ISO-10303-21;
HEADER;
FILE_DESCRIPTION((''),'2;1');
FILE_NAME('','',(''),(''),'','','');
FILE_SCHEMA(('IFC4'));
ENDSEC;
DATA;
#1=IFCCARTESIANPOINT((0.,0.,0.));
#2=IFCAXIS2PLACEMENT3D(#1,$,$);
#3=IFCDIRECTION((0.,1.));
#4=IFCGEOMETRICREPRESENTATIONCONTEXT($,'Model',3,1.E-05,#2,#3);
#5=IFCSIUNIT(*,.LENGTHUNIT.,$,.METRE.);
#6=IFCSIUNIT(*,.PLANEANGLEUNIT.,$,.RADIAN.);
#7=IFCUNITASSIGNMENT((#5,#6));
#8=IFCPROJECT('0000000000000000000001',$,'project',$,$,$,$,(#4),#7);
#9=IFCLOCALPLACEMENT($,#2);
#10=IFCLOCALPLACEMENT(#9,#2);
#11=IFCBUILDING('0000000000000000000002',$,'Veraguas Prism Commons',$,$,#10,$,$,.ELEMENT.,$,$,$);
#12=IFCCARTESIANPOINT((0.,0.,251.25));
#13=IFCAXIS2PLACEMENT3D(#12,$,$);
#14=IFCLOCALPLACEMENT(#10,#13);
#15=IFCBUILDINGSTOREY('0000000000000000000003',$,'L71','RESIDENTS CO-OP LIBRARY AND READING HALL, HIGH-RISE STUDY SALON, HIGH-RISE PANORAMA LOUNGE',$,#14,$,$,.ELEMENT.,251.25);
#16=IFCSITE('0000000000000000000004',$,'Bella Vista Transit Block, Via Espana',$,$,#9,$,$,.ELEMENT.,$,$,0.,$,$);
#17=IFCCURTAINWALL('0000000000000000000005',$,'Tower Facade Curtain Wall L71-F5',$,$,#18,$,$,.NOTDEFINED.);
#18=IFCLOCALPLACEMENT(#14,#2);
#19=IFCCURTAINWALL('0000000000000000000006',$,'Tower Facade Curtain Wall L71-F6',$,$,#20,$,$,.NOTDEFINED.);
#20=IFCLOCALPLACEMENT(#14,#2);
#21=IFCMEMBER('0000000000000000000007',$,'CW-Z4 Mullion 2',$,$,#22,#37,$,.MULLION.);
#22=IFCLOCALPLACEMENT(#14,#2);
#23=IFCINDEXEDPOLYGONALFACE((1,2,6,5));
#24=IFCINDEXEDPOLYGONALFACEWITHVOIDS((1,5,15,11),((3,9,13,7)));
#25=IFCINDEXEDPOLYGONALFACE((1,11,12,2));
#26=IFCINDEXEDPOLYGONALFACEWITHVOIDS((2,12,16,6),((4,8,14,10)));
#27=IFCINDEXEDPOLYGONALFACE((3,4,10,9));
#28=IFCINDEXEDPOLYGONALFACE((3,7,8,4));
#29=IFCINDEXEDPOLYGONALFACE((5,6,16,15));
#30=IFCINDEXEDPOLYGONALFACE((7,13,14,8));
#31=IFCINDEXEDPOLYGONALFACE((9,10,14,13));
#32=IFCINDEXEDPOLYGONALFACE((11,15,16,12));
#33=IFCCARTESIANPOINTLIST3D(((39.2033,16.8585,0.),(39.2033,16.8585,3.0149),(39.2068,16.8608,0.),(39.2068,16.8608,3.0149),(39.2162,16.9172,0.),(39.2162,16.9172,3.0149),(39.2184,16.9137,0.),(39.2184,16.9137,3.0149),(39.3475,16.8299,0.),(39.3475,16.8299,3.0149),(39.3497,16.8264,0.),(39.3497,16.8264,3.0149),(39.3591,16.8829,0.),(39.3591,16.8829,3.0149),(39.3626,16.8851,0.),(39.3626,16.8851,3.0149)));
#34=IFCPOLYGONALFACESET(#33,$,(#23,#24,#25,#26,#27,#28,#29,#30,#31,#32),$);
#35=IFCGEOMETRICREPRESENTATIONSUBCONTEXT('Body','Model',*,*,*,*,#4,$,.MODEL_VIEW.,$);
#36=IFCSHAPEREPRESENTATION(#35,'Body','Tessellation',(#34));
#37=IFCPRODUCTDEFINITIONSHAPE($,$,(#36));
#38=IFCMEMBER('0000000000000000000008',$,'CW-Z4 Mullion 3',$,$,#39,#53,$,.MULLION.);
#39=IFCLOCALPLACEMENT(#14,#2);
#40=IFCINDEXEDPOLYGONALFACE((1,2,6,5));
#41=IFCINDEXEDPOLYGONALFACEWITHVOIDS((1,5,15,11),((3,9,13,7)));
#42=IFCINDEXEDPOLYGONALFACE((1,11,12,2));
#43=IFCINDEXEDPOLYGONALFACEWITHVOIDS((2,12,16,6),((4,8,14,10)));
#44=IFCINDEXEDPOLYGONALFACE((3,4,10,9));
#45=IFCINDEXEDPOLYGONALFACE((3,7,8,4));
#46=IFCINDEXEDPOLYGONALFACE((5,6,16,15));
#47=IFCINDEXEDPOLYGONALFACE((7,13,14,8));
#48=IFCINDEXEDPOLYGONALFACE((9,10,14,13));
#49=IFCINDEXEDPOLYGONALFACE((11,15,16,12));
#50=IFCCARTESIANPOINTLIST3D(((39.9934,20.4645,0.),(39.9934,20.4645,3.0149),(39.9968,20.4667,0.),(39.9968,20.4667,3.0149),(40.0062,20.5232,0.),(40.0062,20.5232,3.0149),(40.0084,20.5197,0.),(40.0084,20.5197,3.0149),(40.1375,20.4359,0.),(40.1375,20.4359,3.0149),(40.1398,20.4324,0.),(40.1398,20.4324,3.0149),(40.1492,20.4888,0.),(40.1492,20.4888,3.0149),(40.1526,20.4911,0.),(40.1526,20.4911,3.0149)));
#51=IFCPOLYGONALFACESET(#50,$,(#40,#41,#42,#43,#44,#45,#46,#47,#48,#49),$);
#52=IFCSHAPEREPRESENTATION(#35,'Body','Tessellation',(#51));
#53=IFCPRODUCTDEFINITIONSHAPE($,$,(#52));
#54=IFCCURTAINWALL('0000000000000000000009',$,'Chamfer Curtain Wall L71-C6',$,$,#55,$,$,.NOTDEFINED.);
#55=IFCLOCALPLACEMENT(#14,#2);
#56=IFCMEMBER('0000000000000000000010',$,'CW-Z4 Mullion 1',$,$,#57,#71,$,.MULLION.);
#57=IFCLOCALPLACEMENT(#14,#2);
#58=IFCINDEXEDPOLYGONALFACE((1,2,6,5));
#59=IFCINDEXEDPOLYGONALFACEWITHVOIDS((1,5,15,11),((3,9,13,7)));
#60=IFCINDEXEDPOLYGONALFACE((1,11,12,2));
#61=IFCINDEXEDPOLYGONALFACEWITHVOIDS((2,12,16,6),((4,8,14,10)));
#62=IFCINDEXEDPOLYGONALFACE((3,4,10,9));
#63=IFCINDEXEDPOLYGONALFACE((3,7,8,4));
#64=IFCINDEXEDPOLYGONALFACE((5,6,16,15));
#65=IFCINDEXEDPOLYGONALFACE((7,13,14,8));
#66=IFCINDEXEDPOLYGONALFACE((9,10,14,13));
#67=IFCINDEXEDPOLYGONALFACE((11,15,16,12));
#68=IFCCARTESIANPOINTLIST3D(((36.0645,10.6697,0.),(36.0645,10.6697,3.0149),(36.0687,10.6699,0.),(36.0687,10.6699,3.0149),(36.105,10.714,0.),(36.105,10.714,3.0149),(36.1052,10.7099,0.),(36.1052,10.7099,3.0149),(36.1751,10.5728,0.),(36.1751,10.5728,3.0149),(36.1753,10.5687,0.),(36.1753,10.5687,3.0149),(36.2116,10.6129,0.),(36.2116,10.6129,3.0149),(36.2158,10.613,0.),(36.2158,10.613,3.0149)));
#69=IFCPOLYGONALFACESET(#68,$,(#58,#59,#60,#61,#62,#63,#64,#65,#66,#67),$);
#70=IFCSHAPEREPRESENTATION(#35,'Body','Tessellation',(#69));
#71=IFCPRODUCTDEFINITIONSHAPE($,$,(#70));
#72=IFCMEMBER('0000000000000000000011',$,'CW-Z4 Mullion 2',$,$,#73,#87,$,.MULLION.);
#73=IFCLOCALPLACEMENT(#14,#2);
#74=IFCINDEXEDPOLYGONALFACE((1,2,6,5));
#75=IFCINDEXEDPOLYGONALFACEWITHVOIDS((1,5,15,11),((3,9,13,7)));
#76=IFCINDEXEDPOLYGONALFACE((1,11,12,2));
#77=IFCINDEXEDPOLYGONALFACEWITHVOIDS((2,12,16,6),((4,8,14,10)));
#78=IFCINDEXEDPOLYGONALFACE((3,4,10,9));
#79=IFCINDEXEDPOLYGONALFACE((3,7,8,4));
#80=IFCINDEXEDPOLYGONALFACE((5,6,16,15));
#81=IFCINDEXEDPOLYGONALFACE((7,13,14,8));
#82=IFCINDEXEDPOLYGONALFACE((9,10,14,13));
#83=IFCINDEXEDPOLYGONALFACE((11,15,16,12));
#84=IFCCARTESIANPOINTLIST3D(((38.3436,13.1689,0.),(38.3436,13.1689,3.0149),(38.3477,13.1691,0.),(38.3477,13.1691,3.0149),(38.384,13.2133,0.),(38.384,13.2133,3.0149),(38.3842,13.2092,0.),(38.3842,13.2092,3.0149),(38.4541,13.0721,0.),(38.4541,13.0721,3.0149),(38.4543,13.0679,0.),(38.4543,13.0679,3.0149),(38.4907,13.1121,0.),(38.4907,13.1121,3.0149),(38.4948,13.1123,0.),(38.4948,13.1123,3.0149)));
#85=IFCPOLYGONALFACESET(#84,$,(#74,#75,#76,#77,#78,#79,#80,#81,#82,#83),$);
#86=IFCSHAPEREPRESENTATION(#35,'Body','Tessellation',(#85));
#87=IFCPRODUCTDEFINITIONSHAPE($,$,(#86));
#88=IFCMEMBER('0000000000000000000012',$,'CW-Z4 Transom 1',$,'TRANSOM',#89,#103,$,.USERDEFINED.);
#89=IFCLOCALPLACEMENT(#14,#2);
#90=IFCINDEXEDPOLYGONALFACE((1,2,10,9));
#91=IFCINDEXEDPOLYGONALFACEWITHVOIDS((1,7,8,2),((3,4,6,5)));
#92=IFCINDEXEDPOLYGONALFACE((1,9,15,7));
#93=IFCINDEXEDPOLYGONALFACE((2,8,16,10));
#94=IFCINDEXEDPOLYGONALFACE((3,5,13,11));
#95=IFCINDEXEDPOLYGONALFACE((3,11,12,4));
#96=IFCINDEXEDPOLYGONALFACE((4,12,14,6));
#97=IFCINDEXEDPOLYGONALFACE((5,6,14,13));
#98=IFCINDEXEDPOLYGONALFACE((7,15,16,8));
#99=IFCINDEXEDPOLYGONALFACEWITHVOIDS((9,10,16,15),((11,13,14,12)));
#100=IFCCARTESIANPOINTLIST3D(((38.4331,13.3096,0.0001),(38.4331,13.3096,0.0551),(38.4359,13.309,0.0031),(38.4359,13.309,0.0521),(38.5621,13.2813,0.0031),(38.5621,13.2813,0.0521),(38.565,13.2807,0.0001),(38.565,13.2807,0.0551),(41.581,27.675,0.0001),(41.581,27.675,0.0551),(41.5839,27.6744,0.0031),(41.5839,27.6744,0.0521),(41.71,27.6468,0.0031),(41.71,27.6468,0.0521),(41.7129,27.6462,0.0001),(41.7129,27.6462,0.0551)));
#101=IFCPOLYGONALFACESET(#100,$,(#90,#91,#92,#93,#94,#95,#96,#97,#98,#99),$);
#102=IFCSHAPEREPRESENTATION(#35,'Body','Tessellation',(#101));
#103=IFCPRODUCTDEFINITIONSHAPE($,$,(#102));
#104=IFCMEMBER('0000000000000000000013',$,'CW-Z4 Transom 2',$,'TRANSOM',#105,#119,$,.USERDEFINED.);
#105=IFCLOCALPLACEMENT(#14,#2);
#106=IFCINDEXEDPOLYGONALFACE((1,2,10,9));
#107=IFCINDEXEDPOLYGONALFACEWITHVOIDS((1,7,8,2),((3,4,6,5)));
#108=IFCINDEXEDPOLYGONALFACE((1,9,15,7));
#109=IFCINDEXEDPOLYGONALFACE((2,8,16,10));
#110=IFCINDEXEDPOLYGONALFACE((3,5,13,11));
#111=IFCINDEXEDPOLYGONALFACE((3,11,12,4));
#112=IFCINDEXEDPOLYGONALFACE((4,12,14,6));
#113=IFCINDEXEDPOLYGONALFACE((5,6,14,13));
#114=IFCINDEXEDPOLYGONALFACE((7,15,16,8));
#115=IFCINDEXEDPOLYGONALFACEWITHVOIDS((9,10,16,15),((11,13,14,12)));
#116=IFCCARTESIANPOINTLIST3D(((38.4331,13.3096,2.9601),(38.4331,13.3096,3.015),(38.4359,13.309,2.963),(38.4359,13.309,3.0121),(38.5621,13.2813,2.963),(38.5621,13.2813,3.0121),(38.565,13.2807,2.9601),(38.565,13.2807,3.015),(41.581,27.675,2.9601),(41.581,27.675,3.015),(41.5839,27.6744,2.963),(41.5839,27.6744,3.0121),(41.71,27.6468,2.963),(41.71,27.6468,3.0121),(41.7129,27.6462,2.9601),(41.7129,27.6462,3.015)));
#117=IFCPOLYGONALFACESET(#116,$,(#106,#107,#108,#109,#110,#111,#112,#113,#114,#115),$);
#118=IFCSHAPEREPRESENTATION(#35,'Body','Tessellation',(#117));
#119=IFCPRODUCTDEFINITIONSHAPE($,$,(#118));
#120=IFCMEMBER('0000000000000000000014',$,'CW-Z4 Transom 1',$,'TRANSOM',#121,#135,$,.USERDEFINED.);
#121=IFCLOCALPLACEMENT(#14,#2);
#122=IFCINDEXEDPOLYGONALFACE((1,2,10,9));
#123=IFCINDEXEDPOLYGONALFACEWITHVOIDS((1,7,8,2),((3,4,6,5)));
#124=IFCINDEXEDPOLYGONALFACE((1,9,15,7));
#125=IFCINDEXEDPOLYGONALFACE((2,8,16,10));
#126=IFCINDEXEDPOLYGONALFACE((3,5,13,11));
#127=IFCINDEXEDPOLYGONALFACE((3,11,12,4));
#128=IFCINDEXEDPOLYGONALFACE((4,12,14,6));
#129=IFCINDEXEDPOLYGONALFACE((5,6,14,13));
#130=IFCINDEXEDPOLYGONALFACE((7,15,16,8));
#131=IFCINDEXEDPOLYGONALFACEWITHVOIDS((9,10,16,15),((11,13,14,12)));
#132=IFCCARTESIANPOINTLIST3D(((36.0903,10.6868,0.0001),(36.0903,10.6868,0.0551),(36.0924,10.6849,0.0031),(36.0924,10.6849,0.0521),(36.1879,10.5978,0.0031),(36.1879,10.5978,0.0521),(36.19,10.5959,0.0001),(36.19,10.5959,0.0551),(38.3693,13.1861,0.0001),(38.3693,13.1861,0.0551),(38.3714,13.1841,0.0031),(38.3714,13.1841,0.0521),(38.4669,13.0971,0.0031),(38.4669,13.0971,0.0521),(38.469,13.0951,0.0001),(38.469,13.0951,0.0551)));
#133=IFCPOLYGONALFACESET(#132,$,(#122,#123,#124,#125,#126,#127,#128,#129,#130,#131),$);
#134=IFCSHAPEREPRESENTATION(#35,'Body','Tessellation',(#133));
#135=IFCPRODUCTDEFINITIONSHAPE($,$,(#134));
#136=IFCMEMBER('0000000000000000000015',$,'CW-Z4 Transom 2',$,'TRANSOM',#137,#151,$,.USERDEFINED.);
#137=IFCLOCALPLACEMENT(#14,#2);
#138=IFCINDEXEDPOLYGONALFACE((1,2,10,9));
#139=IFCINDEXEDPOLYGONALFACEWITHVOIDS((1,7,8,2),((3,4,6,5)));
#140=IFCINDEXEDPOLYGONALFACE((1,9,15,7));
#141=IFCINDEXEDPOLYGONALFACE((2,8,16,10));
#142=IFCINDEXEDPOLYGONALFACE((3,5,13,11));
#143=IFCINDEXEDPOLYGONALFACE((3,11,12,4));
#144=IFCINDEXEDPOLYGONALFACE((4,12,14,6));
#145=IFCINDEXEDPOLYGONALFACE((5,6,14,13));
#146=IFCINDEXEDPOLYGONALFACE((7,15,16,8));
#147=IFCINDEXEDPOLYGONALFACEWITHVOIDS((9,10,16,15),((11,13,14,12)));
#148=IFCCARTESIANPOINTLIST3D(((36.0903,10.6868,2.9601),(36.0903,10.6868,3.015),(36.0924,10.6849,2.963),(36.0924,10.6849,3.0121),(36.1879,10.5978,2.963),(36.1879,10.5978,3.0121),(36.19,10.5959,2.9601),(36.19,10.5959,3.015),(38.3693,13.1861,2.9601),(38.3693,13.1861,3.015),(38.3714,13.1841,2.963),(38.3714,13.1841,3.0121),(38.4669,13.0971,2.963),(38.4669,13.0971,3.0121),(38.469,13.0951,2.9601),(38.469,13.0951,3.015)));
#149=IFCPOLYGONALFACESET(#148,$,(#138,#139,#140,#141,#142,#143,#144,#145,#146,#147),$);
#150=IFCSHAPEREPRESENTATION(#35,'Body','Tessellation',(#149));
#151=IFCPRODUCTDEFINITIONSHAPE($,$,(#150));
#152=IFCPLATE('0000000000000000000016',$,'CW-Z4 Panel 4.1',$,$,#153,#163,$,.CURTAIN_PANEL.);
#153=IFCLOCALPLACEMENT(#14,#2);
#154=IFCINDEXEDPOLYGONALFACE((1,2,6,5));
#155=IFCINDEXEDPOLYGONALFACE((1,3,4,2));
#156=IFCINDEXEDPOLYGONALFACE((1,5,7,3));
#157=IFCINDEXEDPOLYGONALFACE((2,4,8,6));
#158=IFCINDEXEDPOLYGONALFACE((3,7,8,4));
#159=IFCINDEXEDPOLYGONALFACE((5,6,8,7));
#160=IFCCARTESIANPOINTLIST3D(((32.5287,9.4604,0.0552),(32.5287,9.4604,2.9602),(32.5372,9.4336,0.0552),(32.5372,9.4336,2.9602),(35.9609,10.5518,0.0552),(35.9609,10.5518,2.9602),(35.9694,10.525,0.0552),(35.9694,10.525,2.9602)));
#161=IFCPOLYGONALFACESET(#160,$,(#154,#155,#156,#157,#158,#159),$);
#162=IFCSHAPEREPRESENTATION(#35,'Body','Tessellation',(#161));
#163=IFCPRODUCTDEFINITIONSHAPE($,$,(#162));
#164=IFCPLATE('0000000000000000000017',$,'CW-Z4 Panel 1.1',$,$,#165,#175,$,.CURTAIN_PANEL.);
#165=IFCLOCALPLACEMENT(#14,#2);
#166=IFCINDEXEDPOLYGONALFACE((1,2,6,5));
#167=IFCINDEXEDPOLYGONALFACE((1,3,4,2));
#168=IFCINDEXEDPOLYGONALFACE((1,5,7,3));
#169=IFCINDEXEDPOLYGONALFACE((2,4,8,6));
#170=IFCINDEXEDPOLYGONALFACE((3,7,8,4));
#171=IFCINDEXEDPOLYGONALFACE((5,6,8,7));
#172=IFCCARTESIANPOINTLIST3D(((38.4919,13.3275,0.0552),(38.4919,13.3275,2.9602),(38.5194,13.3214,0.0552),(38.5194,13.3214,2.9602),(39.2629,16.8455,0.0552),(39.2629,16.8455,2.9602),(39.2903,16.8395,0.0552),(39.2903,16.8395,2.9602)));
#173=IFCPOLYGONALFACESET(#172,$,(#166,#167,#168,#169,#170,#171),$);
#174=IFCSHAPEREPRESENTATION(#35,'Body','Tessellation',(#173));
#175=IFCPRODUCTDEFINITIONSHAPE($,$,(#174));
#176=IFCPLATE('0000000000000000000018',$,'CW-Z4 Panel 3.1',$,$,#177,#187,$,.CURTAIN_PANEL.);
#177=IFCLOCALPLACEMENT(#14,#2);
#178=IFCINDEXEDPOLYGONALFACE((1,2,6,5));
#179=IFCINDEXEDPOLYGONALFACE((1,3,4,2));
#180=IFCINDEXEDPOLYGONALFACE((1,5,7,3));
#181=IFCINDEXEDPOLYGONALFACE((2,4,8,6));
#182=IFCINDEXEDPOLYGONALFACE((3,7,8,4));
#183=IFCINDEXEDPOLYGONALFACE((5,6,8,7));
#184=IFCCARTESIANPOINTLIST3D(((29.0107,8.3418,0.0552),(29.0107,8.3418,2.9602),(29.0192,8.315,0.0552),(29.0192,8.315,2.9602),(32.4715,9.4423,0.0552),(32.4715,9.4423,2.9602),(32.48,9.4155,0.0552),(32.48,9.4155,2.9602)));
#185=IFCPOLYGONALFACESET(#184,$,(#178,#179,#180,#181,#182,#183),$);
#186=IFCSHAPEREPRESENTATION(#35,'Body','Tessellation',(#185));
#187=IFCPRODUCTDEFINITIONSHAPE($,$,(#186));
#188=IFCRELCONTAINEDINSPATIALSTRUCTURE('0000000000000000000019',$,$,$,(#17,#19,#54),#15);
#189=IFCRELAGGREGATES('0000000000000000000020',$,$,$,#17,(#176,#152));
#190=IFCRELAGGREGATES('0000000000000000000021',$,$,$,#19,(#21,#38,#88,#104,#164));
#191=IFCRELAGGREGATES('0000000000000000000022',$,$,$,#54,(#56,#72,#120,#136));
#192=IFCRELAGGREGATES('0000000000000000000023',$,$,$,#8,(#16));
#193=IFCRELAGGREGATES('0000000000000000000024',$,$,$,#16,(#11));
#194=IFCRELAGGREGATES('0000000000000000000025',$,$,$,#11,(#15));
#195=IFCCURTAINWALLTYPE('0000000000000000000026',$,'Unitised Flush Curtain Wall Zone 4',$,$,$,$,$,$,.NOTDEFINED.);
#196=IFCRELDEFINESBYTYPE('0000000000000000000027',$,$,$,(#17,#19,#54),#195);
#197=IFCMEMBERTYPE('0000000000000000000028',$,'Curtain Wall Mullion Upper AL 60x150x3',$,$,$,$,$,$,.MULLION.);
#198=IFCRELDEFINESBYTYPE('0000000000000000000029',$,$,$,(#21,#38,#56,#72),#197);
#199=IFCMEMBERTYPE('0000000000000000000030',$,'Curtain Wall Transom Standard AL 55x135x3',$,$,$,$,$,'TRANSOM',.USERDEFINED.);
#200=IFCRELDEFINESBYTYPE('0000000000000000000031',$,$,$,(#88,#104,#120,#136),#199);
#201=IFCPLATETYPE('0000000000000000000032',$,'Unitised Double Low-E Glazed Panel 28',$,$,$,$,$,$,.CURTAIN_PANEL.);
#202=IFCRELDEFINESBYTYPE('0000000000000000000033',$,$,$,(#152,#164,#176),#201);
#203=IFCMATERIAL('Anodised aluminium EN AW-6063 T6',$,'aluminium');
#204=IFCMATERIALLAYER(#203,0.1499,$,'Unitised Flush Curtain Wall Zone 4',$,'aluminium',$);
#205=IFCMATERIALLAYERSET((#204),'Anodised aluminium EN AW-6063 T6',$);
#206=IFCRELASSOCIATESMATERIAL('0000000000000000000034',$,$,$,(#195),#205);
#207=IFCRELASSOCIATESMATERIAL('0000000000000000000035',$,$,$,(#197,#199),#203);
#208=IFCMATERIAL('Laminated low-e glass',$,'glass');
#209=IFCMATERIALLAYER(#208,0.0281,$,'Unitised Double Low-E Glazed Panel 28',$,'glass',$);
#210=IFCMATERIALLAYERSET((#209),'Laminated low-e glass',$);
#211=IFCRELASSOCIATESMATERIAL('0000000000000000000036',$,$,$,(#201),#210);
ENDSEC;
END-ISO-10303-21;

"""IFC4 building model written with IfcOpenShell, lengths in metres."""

from ifc_helpers import new_model, si_unit, direction, frame, origin, origin_2d, place, context, subcontext, project, spatial, rectangle, hollow_rectangle, extrude, source, transform, mapped, material, layer, layer_set, material_profile, profile_set, type_object, element, aggregate, save


model = new_model("IFC4")

# Units and contexts
model_context = context("Model", 3, precision=1e-05, world=origin(), true_north=direction((0.0, 1.0)))
body_context = subcontext(model_context, "Body", "Model", "MODEL_VIEW")
ifc_project = project(units=[si_unit("LENGTHUNIT", "METRE"), si_unit("PLANEANGLEUNIT", "RADIAN")], contexts=[model_context])

# Site, building, storey
site_placement = place(None, origin())
site = spatial("IfcSite", under=ifc_project, at=site_placement, Name="Bella Vista Transit Block, Via Espana", CompositionType="ELEMENT", RefElevation=0.0)
building_placement = place(site_placement, origin())
building = spatial("IfcBuilding", under=site, at=building_placement, Name="Veraguas Prism Commons", CompositionType="ELEMENT")
storey_placement = place(building_placement, frame((0.0, 0.0, 251.25)))
storey = spatial("IfcBuildingStorey", under=building, at=storey_placement, Name="L71", Description="RESIDENTS CO-OP LIBRARY AND READING HALL, HIGH-RISE STUDY SALON, HIGH-RISE PANORAMA LOUNGE", CompositionType="ELEMENT", Elevation=251.25)

# Curtain walls, members
ifc_material_1 = material(Name="Anodised aluminium EN AW-6063 T6", Category="aluminium")
ifc_layer_1 = layer(ifc_material_1, 0.1499, Name="Unitised Flush Curtain Wall Zone 4", Category="aluminium")
ifc_layer_set_1 = layer_set([ifc_layer_1], Name="Anodised aluminium EN AW-6063 T6")
curtain_wall_type = type_object("IfcCurtainWallType", Name="Unitised Flush Curtain Wall Zone 4", PredefinedType="NOTDEFINED", material=ifc_layer_set_1)
curtain_wall_1_placement = place(storey_placement, origin())
curtain_wall_1 = element("IfcCurtainWall", 1, at=curtain_wall_1_placement, inside=storey, type_object=curtain_wall_type, Name="Tower Facade Curtain Wall L71-F5", PredefinedType="NOTDEFINED")
ifc_material_profile_1 = material_profile(ifc_material_1, hollow_rectangle(XDim=0.0601, YDim=0.1499, WallThickness=0.0029, at=origin_2d()), Name="AL60X150X3")
ifc_profile_set_1 = profile_set([ifc_material_profile_1], Name="Anodised aluminium EN AW-6063 T6")
member_type_1 = type_object("IfcMemberType", Name="Curtain Wall Mullion Upper AL 60x150x3", PredefinedType="MULLION", material=ifc_profile_set_1)
shared_shape_1 = source(origin(), body_context, "Body", "SweptSolid", [
    extrude(hollow_rectangle(XDim=0.0601, YDim=0.1499, WallThickness=0.0029, at=origin_2d()), origin(), (0.0, 0.0, 1.0), 3.0149),
])
curtain_wall_2_placement = place(storey_placement, origin())
curtain_wall_2 = element("IfcCurtainWall", 2, at=curtain_wall_2_placement, inside=storey, type_object=curtain_wall_type, Name="Tower Facade Curtain Wall L71-F6", PredefinedType="NOTDEFINED")
member_1_placement = place(storey_placement, frame((39.283, 16.8718, 0.0), z_axis=(0.0, 0.0, 1.0), x_axis=(0.214053, 0.976822, 0.0)))
member_1 = element("IfcMember", 3, at=member_1_placement, type_object=member_type_1, Name="CW-Z4 Mullion 2", PredefinedType="MULLION", context=body_context, shape_type="MappedRepresentation", body=[
    mapped(shared_shape_1, transform((0.0, 0.0, 0.0), scale=1.0)),
])
member_2_placement = place(storey_placement, frame((40.073, 20.4778, 0.0), z_axis=(0.0, 0.0, 1.0), x_axis=(0.214053, 0.976822, 0.0)))
member_2 = element("IfcMember", 4, at=member_2_placement, type_object=member_type_1, Name="CW-Z4 Mullion 3", PredefinedType="MULLION", context=body_context, shape_type="MappedRepresentation", body=[
    mapped(shared_shape_1, transform((0.0, 0.0, 0.0), scale=1.0)),
])
curtain_wall_3_placement = place(storey_placement, origin())
curtain_wall_3 = element("IfcCurtainWall", 5, at=curtain_wall_3_placement, inside=storey, type_object=curtain_wall_type, Name="Chamfer Curtain Wall L71-C6", PredefinedType="NOTDEFINED")
member_3_placement = place(storey_placement, frame((36.1401, 10.6414, 0.0), z_axis=(0.0, 0.0, 1.0), x_axis=(0.673794, 0.738919, 0.0)))
member_3 = element("IfcMember", 6, at=member_3_placement, type_object=member_type_1, Name="CW-Z4 Mullion 1", PredefinedType="MULLION", context=body_context, shape_type="MappedRepresentation", body=[
    mapped(shared_shape_1, transform((0.0, 0.0, 0.0), scale=1.0)),
])
member_4_placement = place(storey_placement, frame((38.4192, 13.1406, 0.0), z_axis=(0.0, 0.0, 1.0), x_axis=(0.673794, 0.738919, 0.0)))
member_4 = element("IfcMember", 7, at=member_4_placement, type_object=member_type_1, Name="CW-Z4 Mullion 2", PredefinedType="MULLION", context=body_context, shape_type="MappedRepresentation", body=[
    mapped(shared_shape_1, transform((0.0, 0.0, 0.0), scale=1.0)),
])

# Members
ifc_material_profile_2 = material_profile(ifc_material_1, hollow_rectangle(XDim=0.0549, YDim=0.135, WallThickness=0.0029, at=origin_2d()), Name="AL55X135X3")
ifc_profile_set_2 = profile_set([ifc_material_profile_2], Name="Anodised aluminium EN AW-6063 T6")
member_type_2 = type_object("IfcMemberType", Name="Curtain Wall Transom Standard AL 55x135x3", ElementType="TRANSOM", PredefinedType="USERDEFINED", material=ifc_profile_set_2)
shared_shape_2 = source(origin(), body_context, "Body", "SweptSolid", [
    extrude(hollow_rectangle(XDim=0.0549, YDim=0.135, WallThickness=0.0029, at=origin_2d()), origin(), (0.0, 0.0, 1.0), 14.7063),
])
member_5_placement = place(storey_placement, frame((38.499, 13.2952, 0.0276), z_axis=(0.214054, 0.976822, 0.0), x_axis=(0.0, 0.0, 1.0)))
member_5 = element("IfcMember", 8, at=member_5_placement, type_object=member_type_2, Name="CW-Z4 Transom 1", ObjectType="TRANSOM", PredefinedType="USERDEFINED", context=body_context, shape_type="MappedRepresentation", body=[
    mapped(shared_shape_2, transform((0.0, 0.0, 0.0), scale=1.0)),
])
member_6_placement = place(storey_placement, frame((38.499, 13.2952, 2.9875), z_axis=(0.214054, 0.976822, 0.0), x_axis=(0.0, 0.0, 1.0)))
member_6 = element("IfcMember", 9, at=member_6_placement, type_object=member_type_2, Name="CW-Z4 Transom 2", ObjectType="TRANSOM", PredefinedType="USERDEFINED", context=body_context, shape_type="MappedRepresentation", body=[
    mapped(shared_shape_2, transform((0.0, 0.0, 0.0), scale=1.0)),
])
shared_shape_3 = source(origin(), body_context, "Body", "SweptSolid", [
    extrude(hollow_rectangle(XDim=0.0549, YDim=0.135, WallThickness=0.0029, at=origin_2d()), origin(), (0.0, 0.0, 1.0), 3.3823),
])
member_7_placement = place(storey_placement, frame((36.1401, 10.6414, 0.0276), z_axis=(0.673804, 0.73891, 0.0), x_axis=(0.0, 0.0, 1.0)))
member_7 = element("IfcMember", 10, at=member_7_placement, type_object=member_type_2, Name="CW-Z4 Transom 1", ObjectType="TRANSOM", PredefinedType="USERDEFINED", context=body_context, shape_type="MappedRepresentation", body=[
    mapped(shared_shape_3, transform((0.0, 0.0, 0.0), scale=1.0)),
])
member_8_placement = place(storey_placement, frame((36.1401, 10.6414, 2.9875), z_axis=(0.673804, 0.73891, 0.0), x_axis=(0.0, 0.0, 1.0)))
member_8 = element("IfcMember", 11, at=member_8_placement, type_object=member_type_2, Name="CW-Z4 Transom 2", ObjectType="TRANSOM", PredefinedType="USERDEFINED", context=body_context, shape_type="MappedRepresentation", body=[
    mapped(shared_shape_3, transform((0.0, 0.0, 0.0), scale=1.0)),
])

# Plates
ifc_material_2 = material(Name="Laminated low-e glass", Category="glass")
ifc_layer_2 = layer(ifc_material_2, 0.0281, Name="Unitised Double Low-E Glazed Panel 28", Category="glass")
ifc_layer_set_2 = layer_set([ifc_layer_2], Name="Laminated low-e glass")
plate_type = type_object("IfcPlateType", Name="Unitised Double Low-E Glazed Panel 28", PredefinedType="CURTAIN_PANEL", material=ifc_layer_set_2)
shared_shape_4 = source(origin(), body_context, "Body", "SweptSolid", [
    extrude(rectangle(XDim=3.6016, YDim=0.0281, at=origin_2d()), origin(), (0.0, 0.0, 1.0), 2.905),
])
plate_1_placement = place(storey_placement, frame((34.249, 9.9927, 0.0552), z_axis=(0.0, 0.0, 1.0), x_axis=(0.95298, 0.303034, 0.0)))
plate_1 = element("IfcPlate", 12, at=plate_1_placement, type_object=plate_type, Name="CW-Z4 Panel 4.1", PredefinedType="CURTAIN_PANEL", context=body_context, shape_type="MappedRepresentation", body=[
    mapped(shared_shape_4, transform((0.0, 0.0, 0.0), scale=1.0)),
])
plate_2_placement = place(storey_placement, frame((38.8911, 15.0835, 0.0552), z_axis=(0.0, 0.0, 1.0), x_axis=(0.214053, 0.976822, 0.0)))
plate_2 = element("IfcPlate", 13, at=plate_2_placement, type_object=plate_type, Name="CW-Z4 Panel 1.1", PredefinedType="CURTAIN_PANEL", context=body_context, shape_type="MappedRepresentation", body=[
    mapped(shared_shape_4, transform((0.0, 0.0, 0.0), scale=1.0)),
])
shared_shape_5 = source(origin(), body_context, "Body", "SweptSolid", [
    extrude(rectangle(XDim=3.6316, YDim=0.0281, at=origin_2d()), origin(), (0.0, 0.0, 1.0), 2.905),
])
plate_3_placement = place(storey_placement, frame((30.7454, 8.8787, 0.0552), z_axis=(0.0, 0.0, 1.0), x_axis=(0.95298, 0.303034, 0.0)))
plate_3 = element("IfcPlate", 14, at=plate_3_placement, type_object=plate_type, Name="CW-Z4 Panel 3.1", PredefinedType="CURTAIN_PANEL", context=body_context, shape_type="MappedRepresentation", body=[
    mapped(shared_shape_5, transform((0.0, 0.0, 0.0), scale=1.0)),
])
aggregate(curtain_wall_1, [plate_3, plate_1])
aggregate(curtain_wall_2, [member_1, member_2, member_5, member_6, plate_2])
aggregate(curtain_wall_3, [member_3, member_4, member_7, member_8])

save(model, "model.ifc")
